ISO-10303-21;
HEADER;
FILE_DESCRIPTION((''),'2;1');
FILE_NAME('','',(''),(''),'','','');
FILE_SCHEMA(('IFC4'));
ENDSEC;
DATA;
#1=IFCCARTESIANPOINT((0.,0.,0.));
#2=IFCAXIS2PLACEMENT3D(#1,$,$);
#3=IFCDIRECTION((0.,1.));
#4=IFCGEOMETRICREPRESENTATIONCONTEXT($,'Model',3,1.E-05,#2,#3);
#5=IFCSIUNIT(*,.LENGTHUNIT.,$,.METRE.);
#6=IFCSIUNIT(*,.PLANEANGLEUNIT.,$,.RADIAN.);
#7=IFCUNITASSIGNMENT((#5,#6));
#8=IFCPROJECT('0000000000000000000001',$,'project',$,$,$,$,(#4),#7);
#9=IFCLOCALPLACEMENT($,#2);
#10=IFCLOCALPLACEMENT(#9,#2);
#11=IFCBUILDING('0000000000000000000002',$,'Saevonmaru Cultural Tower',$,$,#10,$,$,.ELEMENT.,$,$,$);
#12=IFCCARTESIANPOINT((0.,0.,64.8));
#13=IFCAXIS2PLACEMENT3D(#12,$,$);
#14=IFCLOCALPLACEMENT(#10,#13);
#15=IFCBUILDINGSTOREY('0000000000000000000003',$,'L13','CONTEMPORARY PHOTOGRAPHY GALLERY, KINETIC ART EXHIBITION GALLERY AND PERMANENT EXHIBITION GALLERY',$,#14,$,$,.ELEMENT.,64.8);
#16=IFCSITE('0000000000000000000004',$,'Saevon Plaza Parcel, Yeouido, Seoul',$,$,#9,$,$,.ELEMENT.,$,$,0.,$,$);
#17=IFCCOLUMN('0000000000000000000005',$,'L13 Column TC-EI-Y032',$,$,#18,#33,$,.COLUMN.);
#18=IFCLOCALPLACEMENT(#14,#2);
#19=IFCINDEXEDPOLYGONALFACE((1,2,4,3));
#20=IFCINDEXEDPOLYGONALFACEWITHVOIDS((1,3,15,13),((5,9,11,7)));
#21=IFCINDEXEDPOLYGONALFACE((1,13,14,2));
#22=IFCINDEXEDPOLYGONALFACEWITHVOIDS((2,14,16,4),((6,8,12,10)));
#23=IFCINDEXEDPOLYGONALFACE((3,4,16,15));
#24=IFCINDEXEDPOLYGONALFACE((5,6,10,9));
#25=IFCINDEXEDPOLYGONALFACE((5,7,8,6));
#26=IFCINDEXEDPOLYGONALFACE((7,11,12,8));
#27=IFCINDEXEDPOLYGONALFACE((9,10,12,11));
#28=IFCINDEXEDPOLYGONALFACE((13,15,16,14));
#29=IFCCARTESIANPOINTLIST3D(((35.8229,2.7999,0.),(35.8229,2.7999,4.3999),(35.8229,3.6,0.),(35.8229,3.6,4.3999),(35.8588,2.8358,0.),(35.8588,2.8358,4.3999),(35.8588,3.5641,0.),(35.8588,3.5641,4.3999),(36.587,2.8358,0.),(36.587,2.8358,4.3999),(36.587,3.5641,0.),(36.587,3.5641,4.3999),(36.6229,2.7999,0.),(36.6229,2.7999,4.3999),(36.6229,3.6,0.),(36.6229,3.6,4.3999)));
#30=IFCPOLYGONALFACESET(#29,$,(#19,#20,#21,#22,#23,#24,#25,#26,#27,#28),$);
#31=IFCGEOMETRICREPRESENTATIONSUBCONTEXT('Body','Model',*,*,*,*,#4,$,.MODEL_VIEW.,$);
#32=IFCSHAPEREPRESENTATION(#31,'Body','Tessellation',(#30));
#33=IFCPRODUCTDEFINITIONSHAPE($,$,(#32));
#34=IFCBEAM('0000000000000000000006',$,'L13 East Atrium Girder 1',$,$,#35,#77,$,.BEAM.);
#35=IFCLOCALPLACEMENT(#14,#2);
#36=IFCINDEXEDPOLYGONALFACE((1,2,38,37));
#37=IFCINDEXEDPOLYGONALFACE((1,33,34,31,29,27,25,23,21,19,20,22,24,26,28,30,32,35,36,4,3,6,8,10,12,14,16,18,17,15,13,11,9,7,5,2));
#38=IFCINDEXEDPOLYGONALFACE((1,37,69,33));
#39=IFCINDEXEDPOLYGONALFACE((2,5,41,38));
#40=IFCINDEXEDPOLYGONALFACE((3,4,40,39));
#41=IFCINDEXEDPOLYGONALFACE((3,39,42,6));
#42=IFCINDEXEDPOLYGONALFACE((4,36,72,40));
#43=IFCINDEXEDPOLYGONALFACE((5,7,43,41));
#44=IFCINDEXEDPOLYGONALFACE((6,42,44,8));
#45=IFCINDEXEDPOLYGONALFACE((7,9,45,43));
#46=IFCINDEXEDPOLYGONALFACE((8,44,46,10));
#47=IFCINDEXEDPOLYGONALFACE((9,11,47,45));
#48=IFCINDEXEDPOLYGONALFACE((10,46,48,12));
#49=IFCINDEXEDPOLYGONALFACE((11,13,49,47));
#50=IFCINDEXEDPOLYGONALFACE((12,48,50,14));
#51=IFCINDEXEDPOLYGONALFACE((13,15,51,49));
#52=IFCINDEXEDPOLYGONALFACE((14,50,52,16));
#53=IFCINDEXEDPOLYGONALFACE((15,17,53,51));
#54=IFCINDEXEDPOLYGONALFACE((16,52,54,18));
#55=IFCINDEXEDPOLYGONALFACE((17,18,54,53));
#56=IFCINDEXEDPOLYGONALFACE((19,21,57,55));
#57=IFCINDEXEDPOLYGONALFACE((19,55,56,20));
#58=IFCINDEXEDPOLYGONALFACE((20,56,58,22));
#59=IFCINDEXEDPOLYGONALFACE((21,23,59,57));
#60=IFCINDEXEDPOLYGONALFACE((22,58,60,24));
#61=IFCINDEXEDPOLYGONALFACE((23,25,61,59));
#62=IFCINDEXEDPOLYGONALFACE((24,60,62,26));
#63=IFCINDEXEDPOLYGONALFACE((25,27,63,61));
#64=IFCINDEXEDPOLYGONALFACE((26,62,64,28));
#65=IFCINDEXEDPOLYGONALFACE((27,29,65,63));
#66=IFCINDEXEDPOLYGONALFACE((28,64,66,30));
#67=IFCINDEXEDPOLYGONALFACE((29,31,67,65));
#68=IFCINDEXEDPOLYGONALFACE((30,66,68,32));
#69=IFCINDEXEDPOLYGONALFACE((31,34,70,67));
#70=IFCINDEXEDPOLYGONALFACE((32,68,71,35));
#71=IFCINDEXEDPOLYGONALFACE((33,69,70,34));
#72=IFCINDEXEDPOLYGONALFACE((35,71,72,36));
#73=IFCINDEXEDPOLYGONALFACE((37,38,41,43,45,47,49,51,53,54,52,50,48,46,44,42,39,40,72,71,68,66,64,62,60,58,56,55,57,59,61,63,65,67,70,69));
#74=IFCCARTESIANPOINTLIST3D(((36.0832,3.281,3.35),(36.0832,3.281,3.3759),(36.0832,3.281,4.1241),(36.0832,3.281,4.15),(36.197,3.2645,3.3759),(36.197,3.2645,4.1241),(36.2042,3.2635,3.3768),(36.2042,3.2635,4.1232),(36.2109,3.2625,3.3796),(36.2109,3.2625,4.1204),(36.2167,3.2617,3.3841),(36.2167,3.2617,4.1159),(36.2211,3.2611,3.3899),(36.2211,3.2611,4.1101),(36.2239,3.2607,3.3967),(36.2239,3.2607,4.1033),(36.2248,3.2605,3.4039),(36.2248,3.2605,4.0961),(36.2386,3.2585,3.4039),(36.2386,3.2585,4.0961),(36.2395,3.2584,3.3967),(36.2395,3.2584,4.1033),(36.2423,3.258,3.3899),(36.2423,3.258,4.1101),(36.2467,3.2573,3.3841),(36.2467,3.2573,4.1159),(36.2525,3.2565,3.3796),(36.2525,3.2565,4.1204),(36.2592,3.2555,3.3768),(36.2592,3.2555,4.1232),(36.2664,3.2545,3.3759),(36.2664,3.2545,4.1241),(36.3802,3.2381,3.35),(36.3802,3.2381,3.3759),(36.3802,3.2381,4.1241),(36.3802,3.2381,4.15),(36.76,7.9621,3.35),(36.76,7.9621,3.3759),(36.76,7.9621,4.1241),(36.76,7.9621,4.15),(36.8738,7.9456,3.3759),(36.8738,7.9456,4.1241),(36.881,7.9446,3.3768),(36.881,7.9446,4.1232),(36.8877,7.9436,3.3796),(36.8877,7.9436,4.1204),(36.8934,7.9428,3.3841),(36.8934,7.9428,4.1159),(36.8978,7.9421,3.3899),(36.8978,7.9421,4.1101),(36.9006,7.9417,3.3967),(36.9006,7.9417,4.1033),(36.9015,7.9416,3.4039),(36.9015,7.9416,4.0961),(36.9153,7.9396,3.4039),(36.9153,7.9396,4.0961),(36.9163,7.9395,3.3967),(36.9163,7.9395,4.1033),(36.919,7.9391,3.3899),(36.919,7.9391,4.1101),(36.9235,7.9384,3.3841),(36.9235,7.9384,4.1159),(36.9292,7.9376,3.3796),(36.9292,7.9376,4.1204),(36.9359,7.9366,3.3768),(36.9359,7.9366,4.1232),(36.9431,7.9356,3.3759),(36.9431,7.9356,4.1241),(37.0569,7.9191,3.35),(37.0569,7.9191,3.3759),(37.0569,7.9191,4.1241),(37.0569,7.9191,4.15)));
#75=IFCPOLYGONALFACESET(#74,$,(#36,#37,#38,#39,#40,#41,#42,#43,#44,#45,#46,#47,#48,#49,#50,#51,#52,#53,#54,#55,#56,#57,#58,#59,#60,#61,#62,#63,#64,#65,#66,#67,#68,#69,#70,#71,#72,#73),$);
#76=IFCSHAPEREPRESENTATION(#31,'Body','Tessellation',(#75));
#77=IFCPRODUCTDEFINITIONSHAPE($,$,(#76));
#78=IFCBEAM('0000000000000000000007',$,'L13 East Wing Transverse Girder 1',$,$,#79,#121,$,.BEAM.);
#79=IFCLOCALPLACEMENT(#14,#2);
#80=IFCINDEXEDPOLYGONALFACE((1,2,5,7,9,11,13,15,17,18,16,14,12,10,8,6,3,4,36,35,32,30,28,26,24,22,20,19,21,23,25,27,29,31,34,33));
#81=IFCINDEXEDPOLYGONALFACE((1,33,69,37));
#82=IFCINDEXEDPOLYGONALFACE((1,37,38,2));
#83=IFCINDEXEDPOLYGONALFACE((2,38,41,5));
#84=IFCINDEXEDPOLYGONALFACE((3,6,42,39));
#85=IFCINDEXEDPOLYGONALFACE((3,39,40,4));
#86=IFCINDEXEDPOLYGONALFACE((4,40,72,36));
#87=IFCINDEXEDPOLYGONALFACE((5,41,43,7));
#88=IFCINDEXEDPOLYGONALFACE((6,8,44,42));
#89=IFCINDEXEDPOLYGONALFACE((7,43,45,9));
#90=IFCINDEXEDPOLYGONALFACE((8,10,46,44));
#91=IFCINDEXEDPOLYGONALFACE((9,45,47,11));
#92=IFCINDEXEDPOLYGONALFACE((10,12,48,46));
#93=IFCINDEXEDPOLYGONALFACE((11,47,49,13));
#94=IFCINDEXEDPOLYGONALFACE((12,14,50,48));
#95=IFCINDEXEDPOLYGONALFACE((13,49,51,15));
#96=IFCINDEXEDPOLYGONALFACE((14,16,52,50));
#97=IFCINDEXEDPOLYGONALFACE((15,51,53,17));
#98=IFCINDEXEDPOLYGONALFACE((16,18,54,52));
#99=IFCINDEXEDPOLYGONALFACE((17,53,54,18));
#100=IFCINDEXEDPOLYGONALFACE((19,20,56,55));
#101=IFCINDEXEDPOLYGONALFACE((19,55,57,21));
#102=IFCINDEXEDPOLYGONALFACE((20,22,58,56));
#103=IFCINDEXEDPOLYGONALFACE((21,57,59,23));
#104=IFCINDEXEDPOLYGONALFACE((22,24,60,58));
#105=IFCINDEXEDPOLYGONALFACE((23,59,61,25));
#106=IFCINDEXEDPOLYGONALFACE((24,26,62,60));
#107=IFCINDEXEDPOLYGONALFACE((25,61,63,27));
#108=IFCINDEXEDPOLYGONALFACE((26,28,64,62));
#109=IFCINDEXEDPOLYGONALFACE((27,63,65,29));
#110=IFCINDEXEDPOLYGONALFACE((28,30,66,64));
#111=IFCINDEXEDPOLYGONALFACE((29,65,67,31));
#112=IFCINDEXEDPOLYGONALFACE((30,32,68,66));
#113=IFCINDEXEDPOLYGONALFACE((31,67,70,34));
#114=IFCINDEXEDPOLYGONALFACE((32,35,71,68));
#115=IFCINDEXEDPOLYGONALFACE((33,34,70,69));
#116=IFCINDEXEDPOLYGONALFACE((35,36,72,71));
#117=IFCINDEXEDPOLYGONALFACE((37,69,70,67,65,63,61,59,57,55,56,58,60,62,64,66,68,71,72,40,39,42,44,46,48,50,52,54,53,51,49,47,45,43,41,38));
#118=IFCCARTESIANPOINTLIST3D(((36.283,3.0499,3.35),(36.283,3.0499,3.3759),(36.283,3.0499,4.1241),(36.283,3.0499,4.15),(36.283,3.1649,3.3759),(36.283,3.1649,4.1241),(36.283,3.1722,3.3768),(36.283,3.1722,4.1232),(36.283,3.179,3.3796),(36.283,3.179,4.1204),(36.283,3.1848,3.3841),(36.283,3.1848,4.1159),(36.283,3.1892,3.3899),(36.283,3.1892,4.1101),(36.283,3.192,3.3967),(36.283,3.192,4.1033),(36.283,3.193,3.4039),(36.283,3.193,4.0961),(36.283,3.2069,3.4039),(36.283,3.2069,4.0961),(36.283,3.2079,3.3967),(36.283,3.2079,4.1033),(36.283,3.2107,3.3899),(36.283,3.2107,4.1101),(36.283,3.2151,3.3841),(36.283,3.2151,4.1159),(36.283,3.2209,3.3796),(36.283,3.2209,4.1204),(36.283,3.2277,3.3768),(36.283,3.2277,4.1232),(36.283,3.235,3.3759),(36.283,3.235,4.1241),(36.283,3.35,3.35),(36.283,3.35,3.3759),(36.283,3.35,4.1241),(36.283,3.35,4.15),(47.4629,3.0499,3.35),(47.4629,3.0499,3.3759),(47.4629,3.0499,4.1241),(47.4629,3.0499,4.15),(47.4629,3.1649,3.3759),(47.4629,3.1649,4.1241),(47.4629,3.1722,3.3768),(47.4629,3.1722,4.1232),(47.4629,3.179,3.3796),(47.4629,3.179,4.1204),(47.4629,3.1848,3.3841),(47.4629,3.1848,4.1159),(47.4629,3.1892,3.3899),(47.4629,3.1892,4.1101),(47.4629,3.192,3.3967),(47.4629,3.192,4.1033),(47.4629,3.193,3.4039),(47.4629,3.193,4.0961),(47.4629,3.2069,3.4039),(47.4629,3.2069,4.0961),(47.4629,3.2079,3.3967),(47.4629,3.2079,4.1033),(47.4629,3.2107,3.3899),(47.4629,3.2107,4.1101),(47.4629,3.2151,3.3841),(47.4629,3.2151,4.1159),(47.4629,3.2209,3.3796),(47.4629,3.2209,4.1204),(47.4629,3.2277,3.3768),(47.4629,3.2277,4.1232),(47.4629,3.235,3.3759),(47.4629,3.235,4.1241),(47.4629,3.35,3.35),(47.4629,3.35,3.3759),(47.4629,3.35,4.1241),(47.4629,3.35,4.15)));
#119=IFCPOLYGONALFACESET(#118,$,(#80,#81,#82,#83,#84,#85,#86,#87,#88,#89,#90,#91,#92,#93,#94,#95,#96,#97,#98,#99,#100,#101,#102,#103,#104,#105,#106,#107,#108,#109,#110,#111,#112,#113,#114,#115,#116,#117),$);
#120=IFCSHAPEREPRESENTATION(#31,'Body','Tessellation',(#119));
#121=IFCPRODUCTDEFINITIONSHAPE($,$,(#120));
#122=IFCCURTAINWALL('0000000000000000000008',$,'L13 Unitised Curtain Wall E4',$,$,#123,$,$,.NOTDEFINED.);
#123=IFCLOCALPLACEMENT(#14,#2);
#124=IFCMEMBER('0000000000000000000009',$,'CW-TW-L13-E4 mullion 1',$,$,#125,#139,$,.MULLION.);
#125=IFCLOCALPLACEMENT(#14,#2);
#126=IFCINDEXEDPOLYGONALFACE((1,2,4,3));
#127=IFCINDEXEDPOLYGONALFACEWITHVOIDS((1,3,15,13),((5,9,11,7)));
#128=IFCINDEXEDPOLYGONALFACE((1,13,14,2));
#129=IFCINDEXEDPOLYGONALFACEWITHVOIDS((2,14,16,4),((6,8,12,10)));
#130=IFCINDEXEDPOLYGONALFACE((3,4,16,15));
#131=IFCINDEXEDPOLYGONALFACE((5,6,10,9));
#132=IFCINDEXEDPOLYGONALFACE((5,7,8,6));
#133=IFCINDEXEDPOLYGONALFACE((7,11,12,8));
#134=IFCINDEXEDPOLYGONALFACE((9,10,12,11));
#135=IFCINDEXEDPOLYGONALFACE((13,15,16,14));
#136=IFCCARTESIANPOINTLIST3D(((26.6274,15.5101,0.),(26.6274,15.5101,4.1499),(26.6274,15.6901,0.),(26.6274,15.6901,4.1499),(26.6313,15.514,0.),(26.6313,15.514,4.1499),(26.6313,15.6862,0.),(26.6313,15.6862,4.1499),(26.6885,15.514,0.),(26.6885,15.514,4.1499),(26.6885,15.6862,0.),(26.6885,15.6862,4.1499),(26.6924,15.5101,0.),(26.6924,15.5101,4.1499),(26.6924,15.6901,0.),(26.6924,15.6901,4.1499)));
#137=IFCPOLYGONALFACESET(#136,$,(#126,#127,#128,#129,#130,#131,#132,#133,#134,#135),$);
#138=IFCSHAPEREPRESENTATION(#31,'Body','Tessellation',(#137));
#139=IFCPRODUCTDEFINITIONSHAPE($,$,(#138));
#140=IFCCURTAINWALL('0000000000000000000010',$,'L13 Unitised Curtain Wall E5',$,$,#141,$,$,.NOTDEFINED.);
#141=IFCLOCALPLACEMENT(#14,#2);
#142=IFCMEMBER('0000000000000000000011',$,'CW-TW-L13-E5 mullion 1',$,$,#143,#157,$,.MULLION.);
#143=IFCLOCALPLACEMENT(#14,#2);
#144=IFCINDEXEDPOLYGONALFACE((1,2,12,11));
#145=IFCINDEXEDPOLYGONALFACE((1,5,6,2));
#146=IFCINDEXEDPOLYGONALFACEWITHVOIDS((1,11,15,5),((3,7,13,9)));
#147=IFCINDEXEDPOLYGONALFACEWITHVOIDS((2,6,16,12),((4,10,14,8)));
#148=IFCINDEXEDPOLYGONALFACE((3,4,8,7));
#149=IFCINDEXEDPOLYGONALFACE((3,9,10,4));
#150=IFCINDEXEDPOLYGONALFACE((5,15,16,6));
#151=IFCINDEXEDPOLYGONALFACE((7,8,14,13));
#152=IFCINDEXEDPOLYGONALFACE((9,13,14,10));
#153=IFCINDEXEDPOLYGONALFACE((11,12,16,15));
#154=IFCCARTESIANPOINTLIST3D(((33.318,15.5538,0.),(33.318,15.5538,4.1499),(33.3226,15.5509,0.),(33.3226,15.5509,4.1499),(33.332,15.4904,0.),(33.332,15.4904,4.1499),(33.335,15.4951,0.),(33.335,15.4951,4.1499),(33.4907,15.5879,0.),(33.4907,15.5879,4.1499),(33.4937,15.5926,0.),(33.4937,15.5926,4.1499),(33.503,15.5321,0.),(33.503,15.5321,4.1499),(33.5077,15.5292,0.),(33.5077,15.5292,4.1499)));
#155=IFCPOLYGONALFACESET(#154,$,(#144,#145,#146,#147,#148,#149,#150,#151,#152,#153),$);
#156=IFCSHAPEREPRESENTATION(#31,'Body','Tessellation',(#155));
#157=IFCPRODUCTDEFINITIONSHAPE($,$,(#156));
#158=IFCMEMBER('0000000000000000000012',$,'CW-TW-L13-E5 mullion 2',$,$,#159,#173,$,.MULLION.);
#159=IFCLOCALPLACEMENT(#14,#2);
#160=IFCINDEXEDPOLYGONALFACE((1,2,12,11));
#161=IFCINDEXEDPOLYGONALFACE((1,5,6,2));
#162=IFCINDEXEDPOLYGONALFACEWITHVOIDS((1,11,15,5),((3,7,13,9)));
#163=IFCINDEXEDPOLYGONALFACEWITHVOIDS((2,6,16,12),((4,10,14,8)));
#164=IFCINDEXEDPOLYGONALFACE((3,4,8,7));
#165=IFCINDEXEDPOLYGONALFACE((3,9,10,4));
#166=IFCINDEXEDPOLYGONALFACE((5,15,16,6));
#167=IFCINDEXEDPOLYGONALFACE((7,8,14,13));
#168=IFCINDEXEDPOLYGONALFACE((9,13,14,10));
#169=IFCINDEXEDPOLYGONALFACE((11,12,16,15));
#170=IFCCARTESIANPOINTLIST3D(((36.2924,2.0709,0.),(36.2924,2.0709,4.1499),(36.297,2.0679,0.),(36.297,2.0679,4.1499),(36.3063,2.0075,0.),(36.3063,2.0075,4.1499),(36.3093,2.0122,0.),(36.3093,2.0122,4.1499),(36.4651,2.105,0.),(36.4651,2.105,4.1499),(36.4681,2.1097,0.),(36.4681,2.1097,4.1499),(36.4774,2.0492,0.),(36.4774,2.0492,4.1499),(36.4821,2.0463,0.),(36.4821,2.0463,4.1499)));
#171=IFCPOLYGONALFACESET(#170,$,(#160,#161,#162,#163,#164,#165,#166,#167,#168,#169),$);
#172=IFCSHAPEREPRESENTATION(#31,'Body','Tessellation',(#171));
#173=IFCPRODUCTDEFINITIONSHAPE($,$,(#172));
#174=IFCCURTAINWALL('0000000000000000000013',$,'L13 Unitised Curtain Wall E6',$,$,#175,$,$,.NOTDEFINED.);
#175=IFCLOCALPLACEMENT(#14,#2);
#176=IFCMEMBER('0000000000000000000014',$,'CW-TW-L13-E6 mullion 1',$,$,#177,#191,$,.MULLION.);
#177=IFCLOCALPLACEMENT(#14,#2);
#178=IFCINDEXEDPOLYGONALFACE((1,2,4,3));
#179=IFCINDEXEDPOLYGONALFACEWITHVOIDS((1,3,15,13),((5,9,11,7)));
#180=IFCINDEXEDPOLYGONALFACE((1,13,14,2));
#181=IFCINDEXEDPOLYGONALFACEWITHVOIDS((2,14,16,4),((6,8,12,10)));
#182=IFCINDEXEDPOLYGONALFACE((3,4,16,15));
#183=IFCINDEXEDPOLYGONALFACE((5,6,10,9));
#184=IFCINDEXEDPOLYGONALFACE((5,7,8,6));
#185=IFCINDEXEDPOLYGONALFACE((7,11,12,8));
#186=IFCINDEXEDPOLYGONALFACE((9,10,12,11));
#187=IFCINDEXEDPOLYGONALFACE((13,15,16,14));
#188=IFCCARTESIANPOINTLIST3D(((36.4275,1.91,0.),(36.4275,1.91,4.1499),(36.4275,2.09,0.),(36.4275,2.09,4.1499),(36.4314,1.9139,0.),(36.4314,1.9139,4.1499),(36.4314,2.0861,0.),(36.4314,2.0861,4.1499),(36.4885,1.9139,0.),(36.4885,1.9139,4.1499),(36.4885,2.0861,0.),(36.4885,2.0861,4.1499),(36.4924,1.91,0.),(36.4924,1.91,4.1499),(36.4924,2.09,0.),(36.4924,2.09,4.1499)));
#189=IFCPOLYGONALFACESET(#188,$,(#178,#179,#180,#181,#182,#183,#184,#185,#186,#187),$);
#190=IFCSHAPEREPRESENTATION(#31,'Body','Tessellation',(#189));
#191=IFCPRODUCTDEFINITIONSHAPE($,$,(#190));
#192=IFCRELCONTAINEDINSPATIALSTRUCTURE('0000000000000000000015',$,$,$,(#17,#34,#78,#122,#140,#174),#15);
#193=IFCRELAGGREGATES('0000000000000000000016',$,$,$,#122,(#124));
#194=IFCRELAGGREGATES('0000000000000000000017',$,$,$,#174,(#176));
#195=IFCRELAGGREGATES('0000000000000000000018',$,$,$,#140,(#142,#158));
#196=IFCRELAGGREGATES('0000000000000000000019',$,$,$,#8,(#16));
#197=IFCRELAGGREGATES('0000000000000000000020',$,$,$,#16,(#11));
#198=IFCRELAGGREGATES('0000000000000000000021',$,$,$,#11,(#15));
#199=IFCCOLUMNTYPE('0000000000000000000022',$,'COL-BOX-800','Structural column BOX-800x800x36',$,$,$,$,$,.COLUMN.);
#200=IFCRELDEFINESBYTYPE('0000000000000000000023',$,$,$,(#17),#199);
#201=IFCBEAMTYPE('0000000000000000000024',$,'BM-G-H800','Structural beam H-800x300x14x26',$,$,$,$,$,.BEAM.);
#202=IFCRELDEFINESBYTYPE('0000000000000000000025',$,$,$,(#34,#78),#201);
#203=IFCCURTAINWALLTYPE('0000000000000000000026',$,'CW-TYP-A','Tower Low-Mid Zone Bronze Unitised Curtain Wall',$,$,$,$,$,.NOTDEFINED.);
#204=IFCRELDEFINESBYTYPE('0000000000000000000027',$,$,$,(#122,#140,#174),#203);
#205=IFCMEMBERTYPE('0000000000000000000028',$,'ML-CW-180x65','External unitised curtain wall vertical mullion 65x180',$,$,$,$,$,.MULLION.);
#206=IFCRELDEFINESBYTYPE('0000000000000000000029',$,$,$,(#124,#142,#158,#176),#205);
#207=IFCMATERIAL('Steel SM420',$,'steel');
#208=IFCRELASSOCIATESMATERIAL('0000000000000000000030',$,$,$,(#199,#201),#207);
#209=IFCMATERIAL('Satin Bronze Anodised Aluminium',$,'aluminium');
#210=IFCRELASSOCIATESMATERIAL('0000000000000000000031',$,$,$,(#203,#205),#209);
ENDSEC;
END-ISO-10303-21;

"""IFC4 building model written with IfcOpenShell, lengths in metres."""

from ifc_helpers import new_model, si_unit, direction, frame, origin, origin_2d, place, context, subcontext, project, spatial, hollow_rectangle, i_section, extrude, material, material_profile, profile_set, type_object, element, aggregate, save


model = new_model("IFC4")

# Units and contexts
model_context = context("Model", 3, precision=1e-05, world=origin(), true_north=direction((0.0, 1.0)))
body_context = subcontext(model_context, "Body", "Model", "MODEL_VIEW")
ifc_project = project(units=[si_unit("LENGTHUNIT", "METRE"), si_unit("PLANEANGLEUNIT", "RADIAN")], contexts=[model_context])

# Site, building, storey
site_placement = place(None, origin())
site = spatial("IfcSite", under=ifc_project, at=site_placement, Name="Saevon Plaza Parcel, Yeouido, Seoul", CompositionType="ELEMENT", RefElevation=0.0)
building_placement = place(site_placement, origin())
building = spatial("IfcBuilding", under=site, at=building_placement, Name="Saevonmaru Cultural Tower", CompositionType="ELEMENT")
storey_placement = place(building_placement, frame((0.0, 0.0, 64.8)))
storey = spatial("IfcBuildingStorey", under=building, at=storey_placement, Name="L13", Description="CONTEMPORARY PHOTOGRAPHY GALLERY, KINETIC ART EXHIBITION GALLERY AND PERMANENT EXHIBITION GALLERY", CompositionType="ELEMENT", Elevation=64.8)

# Column
ifc_material_1 = material(Name="Steel SM420", Category="steel")
ifc_material_profile_1 = material_profile(ifc_material_1, hollow_rectangle(XDim=0.8, YDim=0.8, WallThickness=0.0359, at=origin_2d()), Name="BOX-800x800x36")
ifc_profile_set_1 = profile_set([ifc_material_profile_1], Name="Steel SM420")
column_type = type_object("IfcColumnType", Name="COL-BOX-800", Description="Structural column BOX-800x800x36", PredefinedType="COLUMN", material=ifc_profile_set_1)
column_placement = place(storey_placement, frame((36.2229, 3.2, 0.0), z_axis=(0.0, 0.0, 1.0), x_axis=(1.0, 0.0, 0.0)))
element("IfcColumn", 1, at=column_placement, inside=storey, type_object=column_type, Name="L13 Column TC-EI-Y032", PredefinedType="COLUMN", context=body_context, shape_type="SweptSolid", body=[
    extrude(hollow_rectangle(XDim=0.8, YDim=0.8, WallThickness=0.0359, at=origin_2d()), origin(), (0.0, 0.0, 1.0), 4.3999),
])

# Beams
ifc_material_profile_2 = material_profile(ifc_material_1, i_section(OverallWidth=0.3, OverallDepth=0.8, WebThickness=0.0139, FlangeThickness=0.0259, FilletRadius=0.0281, at=origin_2d()), Name="H-800x300x14x26")
ifc_profile_set_2 = profile_set([ifc_material_profile_2], Name="Steel SM420")
beam_type = type_object("IfcBeamType", Name="BM-G-H800", Description="Structural beam H-800x300x14x26", PredefinedType="BEAM", material=ifc_profile_set_2)
beam_1_placement = place(storey_placement, frame((36.2317, 3.2595, 3.75), z_axis=(0.143083, 0.989711, 0.0), x_axis=(-0.989711, 0.143083, 0.0)))
element("IfcBeam", 2, at=beam_1_placement, inside=storey, type_object=beam_type, Name="L13 East Atrium Girder 1", PredefinedType="BEAM", context=body_context, shape_type="SweptSolid", body=[
    extrude(i_section(OverallWidth=0.3, OverallDepth=0.8, WebThickness=0.0139, FlangeThickness=0.0259, FilletRadius=0.0281, at=origin_2d()), origin(), (0.0, 0.0, 1.0), 4.7297),
])
beam_2_placement = place(storey_placement, frame((36.283, 3.2, 3.75), z_axis=(1.0, 0.0, 0.0), x_axis=(0.0, 1.0, 0.0)))
element("IfcBeam", 3, at=beam_2_placement, inside=storey, type_object=beam_type, Name="L13 East Wing Transverse Girder 1", PredefinedType="BEAM", context=body_context, shape_type="SweptSolid", body=[
    extrude(i_section(OverallWidth=0.3, OverallDepth=0.8, WebThickness=0.0139, FlangeThickness=0.0259, FilletRadius=0.0281, at=origin_2d()), origin(), (0.0, 0.0, 1.0), 11.1799),
])

# Curtain wall, member
ifc_material_2 = material(Name="Satin Bronze Anodised Aluminium", Category="aluminium")
curtain_wall_type = type_object("IfcCurtainWallType", Name="CW-TYP-A", Description="Tower Low-Mid Zone Bronze Unitised Curtain Wall", PredefinedType="NOTDEFINED", material=ifc_material_2)
curtain_wall_1_placement = place(storey_placement, origin())
curtain_wall_1 = element("IfcCurtainWall", 4, at=curtain_wall_1_placement, inside=storey, type_object=curtain_wall_type, Name="L13 Unitised Curtain Wall E4", PredefinedType="NOTDEFINED")
ifc_material_profile_3 = material_profile(ifc_material_2, hollow_rectangle(XDim=0.0649, YDim=0.1799, WallThickness=0.0039, at=origin_2d()), Name="ALU-MULL-180x65x4")
ifc_profile_set_3 = profile_set([ifc_material_profile_3], Name="Satin Bronze Anodised Aluminium")
member_type_1 = type_object("IfcMemberType", Name="ML-CW-180x65", Description="External unitised curtain wall vertical mullion 65x180", PredefinedType="MULLION", material=ifc_profile_set_3)
member_1_placement = place(storey_placement, frame((26.6599, 15.6001, 0.0), z_axis=(0.0, 0.0, 1.0), x_axis=(1.0, 0.0, 0.0)))
member_1 = element("IfcMember", 5, at=member_1_placement, type_object=member_type_1, Name="CW-TW-L13-E4 mullion 1", PredefinedType="MULLION", context=body_context, shape_type="SweptSolid", body=[
    extrude(hollow_rectangle(XDim=0.0649, YDim=0.1799, WallThickness=0.0039, at=origin_2d()), origin(), (0.0, 0.0, 1.0), 4.1499),
])

# Curtain wall, members
curtain_wall_2_placement = place(storey_placement, origin())
curtain_wall_2 = element("IfcCurtainWall", 6, at=curtain_wall_2_placement, inside=storey, type_object=curtain_wall_type, Name="L13 Unitised Curtain Wall E5", PredefinedType="NOTDEFINED")
member_2_placement = place(storey_placement, frame((33.4128, 15.5415, 0.0), z_axis=(0.0, 0.0, 1.0), x_axis=(0.215413, -0.976523, 0.0)))
member_2 = element("IfcMember", 7, at=member_2_placement, type_object=member_type_1, Name="CW-TW-L13-E5 mullion 1", PredefinedType="MULLION", context=body_context, shape_type="SweptSolid", body=[
    extrude(hollow_rectangle(XDim=0.0649, YDim=0.1799, WallThickness=0.0039, at=origin_2d()), origin(), (0.0, 0.0, 1.0), 4.1499),
])
member_3_placement = place(storey_placement, frame((36.3872, 2.0586, 0.0), z_axis=(0.0, 0.0, 1.0), x_axis=(0.215413, -0.976523, 0.0)))
member_3 = element("IfcMember", 8, at=member_3_placement, type_object=member_type_1, Name="CW-TW-L13-E5 mullion 2", PredefinedType="MULLION", context=body_context, shape_type="SweptSolid", body=[
    extrude(hollow_rectangle(XDim=0.0649, YDim=0.1799, WallThickness=0.0039, at=origin_2d()), origin(), (0.0, 0.0, 1.0), 4.1499),
])

# Curtain wall, member
curtain_wall_3_placement = place(storey_placement, origin())
curtain_wall_3 = element("IfcCurtainWall", 9, at=curtain_wall_3_placement, inside=storey, type_object=curtain_wall_type, Name="L13 Unitised Curtain Wall E6", PredefinedType="NOTDEFINED")
member_4_placement = place(storey_placement, frame((36.46, 2.0, 0.0), z_axis=(0.0, 0.0, 1.0), x_axis=(1.0, 0.0, 0.0)))
member_4 = element("IfcMember", 10, at=member_4_placement, type_object=member_type_1, Name="CW-TW-L13-E6 mullion 1", PredefinedType="MULLION", context=body_context, shape_type="SweptSolid", body=[
    extrude(hollow_rectangle(XDim=0.0649, YDim=0.1799, WallThickness=0.0039, at=origin_2d()), origin(), (0.0, 0.0, 1.0), 4.1499),
])

aggregate(curtain_wall_1, [member_1])
aggregate(curtain_wall_3, [member_4])

aggregate(curtain_wall_2, [member_2, member_3])

save(model, "model.ifc")
